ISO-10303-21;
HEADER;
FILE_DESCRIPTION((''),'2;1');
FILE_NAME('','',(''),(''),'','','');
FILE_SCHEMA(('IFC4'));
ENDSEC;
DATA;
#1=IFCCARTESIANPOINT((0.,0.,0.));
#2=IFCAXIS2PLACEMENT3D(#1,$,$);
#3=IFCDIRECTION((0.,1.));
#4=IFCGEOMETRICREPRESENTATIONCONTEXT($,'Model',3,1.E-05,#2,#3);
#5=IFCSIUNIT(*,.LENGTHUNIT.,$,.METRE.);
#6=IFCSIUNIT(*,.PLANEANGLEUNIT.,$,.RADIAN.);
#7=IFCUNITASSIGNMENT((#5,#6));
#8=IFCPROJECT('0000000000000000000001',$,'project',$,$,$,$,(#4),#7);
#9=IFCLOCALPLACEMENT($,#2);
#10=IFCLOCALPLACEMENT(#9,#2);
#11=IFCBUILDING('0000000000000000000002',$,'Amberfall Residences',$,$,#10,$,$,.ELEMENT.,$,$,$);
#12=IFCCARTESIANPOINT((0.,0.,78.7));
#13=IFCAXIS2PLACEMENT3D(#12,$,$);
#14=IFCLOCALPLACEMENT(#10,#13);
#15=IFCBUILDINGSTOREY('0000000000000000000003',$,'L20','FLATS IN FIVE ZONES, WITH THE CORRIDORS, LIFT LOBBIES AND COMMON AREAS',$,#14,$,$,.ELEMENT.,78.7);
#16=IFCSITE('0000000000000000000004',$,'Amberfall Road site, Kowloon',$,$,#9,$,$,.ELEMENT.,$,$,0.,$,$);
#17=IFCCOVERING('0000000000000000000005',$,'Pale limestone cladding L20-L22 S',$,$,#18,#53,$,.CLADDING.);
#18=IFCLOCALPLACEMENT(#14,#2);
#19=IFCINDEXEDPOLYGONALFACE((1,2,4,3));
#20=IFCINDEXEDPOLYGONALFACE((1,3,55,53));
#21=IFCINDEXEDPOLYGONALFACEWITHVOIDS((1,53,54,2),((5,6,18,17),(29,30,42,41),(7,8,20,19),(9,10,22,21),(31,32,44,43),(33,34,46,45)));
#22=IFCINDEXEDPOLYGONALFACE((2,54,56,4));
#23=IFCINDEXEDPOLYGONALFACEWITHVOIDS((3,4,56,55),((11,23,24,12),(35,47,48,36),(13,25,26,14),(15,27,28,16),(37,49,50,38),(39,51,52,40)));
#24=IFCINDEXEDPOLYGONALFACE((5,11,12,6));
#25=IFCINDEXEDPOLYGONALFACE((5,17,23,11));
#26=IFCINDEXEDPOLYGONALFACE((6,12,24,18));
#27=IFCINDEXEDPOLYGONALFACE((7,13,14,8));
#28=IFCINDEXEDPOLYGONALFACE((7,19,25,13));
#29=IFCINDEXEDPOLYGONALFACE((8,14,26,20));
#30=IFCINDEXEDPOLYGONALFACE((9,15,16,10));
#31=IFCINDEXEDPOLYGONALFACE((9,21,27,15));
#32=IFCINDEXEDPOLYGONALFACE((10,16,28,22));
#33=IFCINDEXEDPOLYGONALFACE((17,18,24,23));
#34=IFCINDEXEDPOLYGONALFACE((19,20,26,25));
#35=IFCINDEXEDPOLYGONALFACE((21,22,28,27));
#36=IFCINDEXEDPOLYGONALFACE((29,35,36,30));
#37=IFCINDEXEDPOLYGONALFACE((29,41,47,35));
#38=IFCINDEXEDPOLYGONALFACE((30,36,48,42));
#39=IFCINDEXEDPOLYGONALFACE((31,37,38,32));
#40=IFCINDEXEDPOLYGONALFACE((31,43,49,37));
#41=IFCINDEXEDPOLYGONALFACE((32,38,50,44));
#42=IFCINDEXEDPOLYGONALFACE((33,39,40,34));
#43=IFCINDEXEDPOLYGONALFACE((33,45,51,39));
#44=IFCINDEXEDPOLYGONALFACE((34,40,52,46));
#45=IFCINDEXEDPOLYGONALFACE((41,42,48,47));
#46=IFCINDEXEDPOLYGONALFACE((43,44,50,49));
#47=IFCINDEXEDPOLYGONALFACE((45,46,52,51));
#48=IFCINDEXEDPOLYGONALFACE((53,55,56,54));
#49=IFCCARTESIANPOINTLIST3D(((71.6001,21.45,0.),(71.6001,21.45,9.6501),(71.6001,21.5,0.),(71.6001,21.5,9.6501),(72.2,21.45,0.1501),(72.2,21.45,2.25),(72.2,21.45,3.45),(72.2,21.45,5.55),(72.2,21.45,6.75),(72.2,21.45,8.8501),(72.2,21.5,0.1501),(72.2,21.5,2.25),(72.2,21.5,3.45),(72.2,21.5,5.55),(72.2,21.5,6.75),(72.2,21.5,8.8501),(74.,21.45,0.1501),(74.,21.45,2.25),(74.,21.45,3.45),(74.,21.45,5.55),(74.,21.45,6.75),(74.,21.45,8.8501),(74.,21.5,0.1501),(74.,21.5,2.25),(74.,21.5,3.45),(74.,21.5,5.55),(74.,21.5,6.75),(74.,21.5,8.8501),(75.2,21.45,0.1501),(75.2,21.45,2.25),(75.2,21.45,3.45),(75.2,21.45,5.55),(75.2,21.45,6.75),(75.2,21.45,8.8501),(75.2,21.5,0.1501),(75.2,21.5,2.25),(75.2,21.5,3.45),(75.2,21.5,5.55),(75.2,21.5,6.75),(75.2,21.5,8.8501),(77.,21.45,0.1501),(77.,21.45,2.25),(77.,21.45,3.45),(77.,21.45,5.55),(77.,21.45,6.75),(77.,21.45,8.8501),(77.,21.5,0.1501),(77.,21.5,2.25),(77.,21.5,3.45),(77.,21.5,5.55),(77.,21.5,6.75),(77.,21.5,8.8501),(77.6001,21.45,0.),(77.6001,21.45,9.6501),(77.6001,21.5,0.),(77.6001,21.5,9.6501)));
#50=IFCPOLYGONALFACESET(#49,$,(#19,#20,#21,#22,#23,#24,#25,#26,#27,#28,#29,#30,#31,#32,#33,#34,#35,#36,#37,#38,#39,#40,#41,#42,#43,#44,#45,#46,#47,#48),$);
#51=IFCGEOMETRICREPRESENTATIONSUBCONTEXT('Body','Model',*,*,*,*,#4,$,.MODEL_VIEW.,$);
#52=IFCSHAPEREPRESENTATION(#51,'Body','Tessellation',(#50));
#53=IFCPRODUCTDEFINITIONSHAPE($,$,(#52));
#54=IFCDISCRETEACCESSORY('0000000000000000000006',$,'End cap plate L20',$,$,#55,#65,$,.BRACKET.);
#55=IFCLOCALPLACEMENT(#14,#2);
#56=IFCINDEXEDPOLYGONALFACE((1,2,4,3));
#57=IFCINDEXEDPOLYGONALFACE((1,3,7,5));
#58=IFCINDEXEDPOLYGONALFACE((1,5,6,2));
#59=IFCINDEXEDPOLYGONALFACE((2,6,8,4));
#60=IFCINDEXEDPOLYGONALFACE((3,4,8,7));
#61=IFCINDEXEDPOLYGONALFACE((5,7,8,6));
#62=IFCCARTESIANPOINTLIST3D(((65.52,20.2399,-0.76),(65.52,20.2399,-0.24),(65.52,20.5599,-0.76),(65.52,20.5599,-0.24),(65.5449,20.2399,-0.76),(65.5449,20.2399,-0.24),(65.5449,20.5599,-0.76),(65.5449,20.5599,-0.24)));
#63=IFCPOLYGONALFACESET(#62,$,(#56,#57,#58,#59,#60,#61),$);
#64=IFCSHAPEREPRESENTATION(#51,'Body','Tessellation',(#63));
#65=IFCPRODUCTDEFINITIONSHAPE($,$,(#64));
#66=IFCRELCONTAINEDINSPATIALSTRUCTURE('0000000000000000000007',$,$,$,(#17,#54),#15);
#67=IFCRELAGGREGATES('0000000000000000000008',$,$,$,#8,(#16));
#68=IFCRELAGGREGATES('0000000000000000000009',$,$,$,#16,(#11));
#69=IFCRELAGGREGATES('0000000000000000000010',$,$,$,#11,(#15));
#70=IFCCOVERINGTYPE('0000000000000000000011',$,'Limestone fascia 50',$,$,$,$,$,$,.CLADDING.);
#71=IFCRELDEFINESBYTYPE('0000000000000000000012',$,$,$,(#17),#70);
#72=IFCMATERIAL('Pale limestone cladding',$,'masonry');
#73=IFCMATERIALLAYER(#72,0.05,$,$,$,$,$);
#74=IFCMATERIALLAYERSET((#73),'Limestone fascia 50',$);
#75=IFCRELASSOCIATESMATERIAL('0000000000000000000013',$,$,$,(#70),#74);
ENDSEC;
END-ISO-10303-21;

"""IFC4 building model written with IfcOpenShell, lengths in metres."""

from ifc_helpers import new_model, si_unit, direction, frame, origin, origin_2d, place, context, subcontext, project, spatial, polyline, rectangle, outline, extrude, material, layer, layer_set, type_object, element, save


model = new_model("IFC4")

# Units and contexts
model_context = context("Model", 3, precision=1e-05, world=origin(), true_north=direction((0.0, 1.0)))
body_context = subcontext(model_context, "Body", "Model", "MODEL_VIEW")
ifc_project = project(units=[si_unit("LENGTHUNIT", "METRE"), si_unit("PLANEANGLEUNIT", "RADIAN")], contexts=[model_context])

# Site, building, storey
site_placement = place(None, origin())
site = spatial("IfcSite", under=ifc_project, at=site_placement, Name="Amberfall Road site, Kowloon", CompositionType="ELEMENT", RefElevation=0.0)
building_placement = place(site_placement, origin())
building = spatial("IfcBuilding", under=site, at=building_placement, Name="Amberfall Residences", CompositionType="ELEMENT")
storey_placement = place(building_placement, frame((0.0, 0.0, 78.7)))
storey = spatial("IfcBuildingStorey", under=building, at=storey_placement, Name="L20", Description="FLATS IN FIVE ZONES, WITH THE CORRIDORS, LIFT LOBBIES AND COMMON AREAS", CompositionType="ELEMENT", Elevation=78.7)

# Covering
ifc_material_1 = material(Name="Pale limestone cladding", Category="masonry")
ifc_layer_1 = layer(ifc_material_1, 0.05)
ifc_layer_set_1 = layer_set([ifc_layer_1], Name="Limestone fascia 50")
covering_type = type_object("IfcCoveringType", Name="Limestone fascia 50", PredefinedType="CLADDING", material=ifc_layer_set_1)
covering_1_placement = place(storey_placement, frame((71.6001, 21.5, 9.6501), z_axis=(0.0, 1.0, 0.0), x_axis=(1.0, 0.0, 0.0)))
element("IfcCovering", 1, at=covering_1_placement, inside=storey, type_object=covering_type, Name="Pale limestone cladding L20-L22 S", PredefinedType="CLADDING", context=body_context, shape_type="SweptSolid", body=[
    extrude(outline(polyline([(0.0, 0.0), (6.0, 0.0), (6.0, 9.6501), (0.0, 9.6501), (0.0, 0.0)]), holes=[polyline([(0.5999, 7.4001), (2.3999, 7.4001), (2.3999, 9.5), (0.5999, 9.5), (0.5999, 7.4001)]), polyline([(3.5999, 7.4001), (5.3999, 7.4001), (5.3999, 9.5), (3.5999, 9.5), (3.5999, 7.4001)]), polyline([(0.5999, 4.1001), (2.3999, 4.1001), (2.3999, 6.2002), (0.5999, 6.2002), (0.5999, 4.1001)]), polyline([(3.5999, 4.1001), (5.3999, 4.1001), (5.3999, 6.2002), (3.5999, 6.2002), (3.5999, 4.1001)]), polyline([(0.5999, 0.8), (2.3999, 0.8), (2.3999, 2.9001), (0.5999, 2.9001), (0.5999, 0.8)]), polyline([(3.5999, 0.8), (5.3999, 0.8), (5.3999, 2.9001), (3.5999, 2.9001), (3.5999, 0.8)])]), origin(), (0.0, 0.0, -1.0), 0.05),
])

# Discrete accessory
discrete_accessory_placement = place(storey_placement, frame((65.5325, 20.3999, -0.76), z_axis=(0.0, 0.0, 1.0), x_axis=(1.0, 0.0, 0.0)))
element("IfcDiscreteAccessory", 2, at=discrete_accessory_placement, inside=storey, Name="End cap plate L20", PredefinedType="BRACKET", context=body_context, shape_type="SweptSolid", body=[
    extrude(rectangle(XDim=0.0249, YDim=0.3201, at=origin_2d()), origin(), (0.0, 0.0, 1.0), 0.52),
])

save(model, "model.ifc")
